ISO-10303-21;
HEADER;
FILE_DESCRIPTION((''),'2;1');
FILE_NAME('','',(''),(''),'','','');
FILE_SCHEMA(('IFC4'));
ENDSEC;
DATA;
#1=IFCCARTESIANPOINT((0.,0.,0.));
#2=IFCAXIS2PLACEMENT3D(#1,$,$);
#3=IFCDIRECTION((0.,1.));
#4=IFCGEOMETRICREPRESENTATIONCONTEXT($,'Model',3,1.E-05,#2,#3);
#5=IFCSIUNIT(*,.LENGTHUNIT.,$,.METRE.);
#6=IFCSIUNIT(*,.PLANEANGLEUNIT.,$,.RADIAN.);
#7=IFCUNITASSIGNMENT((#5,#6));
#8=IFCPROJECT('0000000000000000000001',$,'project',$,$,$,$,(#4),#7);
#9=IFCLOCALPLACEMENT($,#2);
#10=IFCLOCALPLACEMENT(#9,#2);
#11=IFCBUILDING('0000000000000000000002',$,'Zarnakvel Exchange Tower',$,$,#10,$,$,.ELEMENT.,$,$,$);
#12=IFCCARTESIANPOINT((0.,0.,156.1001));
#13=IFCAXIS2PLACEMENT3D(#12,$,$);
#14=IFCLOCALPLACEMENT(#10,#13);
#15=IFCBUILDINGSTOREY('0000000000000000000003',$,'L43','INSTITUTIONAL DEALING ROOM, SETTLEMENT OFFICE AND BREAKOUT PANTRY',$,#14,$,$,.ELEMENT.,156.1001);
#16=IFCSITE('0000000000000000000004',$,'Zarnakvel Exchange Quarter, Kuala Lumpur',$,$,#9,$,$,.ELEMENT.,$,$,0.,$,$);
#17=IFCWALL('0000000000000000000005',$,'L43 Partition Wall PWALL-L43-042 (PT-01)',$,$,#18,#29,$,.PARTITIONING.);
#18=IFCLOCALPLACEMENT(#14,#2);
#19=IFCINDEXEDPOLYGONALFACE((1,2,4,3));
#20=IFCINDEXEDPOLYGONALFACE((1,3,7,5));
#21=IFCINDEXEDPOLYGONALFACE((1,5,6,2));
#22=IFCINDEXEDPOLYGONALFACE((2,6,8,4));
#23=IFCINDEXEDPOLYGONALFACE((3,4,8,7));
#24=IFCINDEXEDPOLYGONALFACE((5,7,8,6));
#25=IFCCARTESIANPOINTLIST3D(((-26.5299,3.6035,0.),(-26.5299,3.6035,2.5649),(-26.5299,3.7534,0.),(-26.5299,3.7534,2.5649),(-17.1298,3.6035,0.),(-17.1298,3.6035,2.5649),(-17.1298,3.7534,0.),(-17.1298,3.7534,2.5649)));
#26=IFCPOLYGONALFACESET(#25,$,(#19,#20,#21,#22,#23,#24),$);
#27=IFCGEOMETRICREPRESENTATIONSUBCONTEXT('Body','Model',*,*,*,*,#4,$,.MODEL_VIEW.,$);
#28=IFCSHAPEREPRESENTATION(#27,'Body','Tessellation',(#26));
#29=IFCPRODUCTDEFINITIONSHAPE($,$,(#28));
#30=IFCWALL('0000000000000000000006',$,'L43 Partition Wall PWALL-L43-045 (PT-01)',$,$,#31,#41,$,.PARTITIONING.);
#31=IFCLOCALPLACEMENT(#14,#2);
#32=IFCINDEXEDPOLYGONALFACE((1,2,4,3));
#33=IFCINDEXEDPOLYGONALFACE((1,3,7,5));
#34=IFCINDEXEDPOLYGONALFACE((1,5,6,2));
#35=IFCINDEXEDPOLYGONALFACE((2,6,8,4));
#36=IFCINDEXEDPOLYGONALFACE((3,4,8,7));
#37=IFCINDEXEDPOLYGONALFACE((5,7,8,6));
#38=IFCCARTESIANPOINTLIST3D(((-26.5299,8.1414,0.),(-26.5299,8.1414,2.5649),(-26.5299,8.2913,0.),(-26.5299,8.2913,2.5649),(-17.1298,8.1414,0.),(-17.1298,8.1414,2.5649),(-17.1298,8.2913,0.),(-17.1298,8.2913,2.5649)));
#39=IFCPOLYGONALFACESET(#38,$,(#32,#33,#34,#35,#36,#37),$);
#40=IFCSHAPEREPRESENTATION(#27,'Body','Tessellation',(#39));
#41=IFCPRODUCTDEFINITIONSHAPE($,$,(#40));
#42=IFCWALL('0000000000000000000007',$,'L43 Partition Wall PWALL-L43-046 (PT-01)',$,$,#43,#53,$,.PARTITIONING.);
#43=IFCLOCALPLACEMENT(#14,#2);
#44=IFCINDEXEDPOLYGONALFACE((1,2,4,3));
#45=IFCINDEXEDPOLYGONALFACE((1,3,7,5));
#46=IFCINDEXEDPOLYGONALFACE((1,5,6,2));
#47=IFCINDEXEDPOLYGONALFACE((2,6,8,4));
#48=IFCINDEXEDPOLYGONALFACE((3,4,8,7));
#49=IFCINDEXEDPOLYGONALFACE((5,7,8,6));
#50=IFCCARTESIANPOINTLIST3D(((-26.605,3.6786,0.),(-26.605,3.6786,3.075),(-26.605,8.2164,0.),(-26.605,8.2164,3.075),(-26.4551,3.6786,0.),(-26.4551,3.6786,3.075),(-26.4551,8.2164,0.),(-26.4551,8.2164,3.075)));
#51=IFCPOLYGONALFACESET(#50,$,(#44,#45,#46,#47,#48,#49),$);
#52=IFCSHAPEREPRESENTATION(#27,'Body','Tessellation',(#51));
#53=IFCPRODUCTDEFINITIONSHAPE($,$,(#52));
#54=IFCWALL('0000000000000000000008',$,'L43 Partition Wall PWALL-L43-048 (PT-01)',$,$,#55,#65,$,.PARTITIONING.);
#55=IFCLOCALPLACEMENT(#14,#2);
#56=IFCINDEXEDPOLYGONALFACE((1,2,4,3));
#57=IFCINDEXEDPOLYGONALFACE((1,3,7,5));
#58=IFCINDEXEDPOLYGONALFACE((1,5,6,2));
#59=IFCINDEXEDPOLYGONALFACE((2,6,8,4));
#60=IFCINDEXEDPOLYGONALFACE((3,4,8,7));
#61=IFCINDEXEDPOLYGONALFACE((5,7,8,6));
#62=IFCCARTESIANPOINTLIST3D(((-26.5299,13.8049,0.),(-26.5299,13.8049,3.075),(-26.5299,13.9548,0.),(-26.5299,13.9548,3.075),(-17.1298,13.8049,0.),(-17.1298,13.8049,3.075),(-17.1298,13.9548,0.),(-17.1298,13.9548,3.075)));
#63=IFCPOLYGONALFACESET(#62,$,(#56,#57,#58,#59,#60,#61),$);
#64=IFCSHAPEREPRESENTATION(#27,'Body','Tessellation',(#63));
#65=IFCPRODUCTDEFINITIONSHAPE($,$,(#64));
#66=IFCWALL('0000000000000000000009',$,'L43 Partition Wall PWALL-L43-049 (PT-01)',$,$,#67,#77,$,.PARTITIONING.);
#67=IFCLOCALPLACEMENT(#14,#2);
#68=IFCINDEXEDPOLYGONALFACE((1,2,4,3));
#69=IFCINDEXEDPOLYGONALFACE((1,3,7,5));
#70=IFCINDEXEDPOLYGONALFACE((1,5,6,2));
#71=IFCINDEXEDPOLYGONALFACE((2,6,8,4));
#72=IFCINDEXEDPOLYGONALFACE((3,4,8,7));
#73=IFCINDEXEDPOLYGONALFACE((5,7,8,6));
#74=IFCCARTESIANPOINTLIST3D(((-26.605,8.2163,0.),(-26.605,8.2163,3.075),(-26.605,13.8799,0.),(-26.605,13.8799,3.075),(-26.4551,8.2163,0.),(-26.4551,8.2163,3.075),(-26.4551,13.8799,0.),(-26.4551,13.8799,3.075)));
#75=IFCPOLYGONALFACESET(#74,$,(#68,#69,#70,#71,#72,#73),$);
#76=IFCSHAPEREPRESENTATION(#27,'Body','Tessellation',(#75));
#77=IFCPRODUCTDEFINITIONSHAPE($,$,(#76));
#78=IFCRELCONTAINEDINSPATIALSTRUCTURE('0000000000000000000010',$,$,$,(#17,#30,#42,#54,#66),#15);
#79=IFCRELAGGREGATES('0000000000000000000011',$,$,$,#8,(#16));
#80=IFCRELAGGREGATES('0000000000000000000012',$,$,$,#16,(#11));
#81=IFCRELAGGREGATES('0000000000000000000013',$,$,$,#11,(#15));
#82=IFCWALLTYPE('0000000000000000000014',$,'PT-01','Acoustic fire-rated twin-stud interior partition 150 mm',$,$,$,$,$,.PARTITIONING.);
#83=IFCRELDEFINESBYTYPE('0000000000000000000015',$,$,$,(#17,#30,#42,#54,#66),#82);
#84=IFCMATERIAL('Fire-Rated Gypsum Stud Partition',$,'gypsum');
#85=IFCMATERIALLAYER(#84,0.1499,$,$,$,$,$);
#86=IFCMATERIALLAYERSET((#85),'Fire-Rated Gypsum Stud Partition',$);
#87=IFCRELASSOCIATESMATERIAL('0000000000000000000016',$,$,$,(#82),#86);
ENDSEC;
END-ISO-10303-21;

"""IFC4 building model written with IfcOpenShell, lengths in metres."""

from ifc_helpers import new_model, si_unit, direction, frame, frame_2d, origin, place, context, subcontext, project, spatial, rectangle, extrude, material, layer, layer_set, type_object, element, save


model = new_model("IFC4")

# Units and contexts
model_context = context("Model", 3, precision=1e-05, world=origin(), true_north=direction((0.0, 1.0)))
body_context = subcontext(model_context, "Body", "Model", "MODEL_VIEW")
ifc_project = project(units=[si_unit("LENGTHUNIT", "METRE"), si_unit("PLANEANGLEUNIT", "RADIAN")], contexts=[model_context])

# Site, building, storey
site_placement = place(None, origin())
site = spatial("IfcSite", under=ifc_project, at=site_placement, Name="Zarnakvel Exchange Quarter, Kuala Lumpur", CompositionType="ELEMENT", RefElevation=0.0)
building_placement = place(site_placement, origin())
building = spatial("IfcBuilding", under=site, at=building_placement, Name="Zarnakvel Exchange Tower", CompositionType="ELEMENT")
storey_placement = place(building_placement, frame((0.0, 0.0, 156.1001)))
storey = spatial("IfcBuildingStorey", under=building, at=storey_placement, Name="L43", Description="INSTITUTIONAL DEALING ROOM, SETTLEMENT OFFICE AND BREAKOUT PANTRY", CompositionType="ELEMENT", Elevation=156.1001)

# Walls
ifc_material_1 = material(Name="Fire-Rated Gypsum Stud Partition", Category="gypsum")
ifc_layer_1 = layer(ifc_material_1, 0.1499)
ifc_layer_set_1 = layer_set([ifc_layer_1], Name="Fire-Rated Gypsum Stud Partition")
wall_type_1 = type_object("IfcWallType", Name="PT-01", Description="Acoustic fire-rated twin-stud interior partition 150 mm", PredefinedType="PARTITIONING", material=ifc_layer_set_1)
for number, where, z_axis, x_axis, name in (
    (1, (-26.53, 3.6785, 0.0), (0.0, 0.0, 1.0), (1.0, 0.0, 0.0), "L43 Partition Wall PWALL-L43-042 (PT-01)"),
    (2, (-26.53, 8.2163, 0.0), (0.0, 0.0, 1.0), (1.0, 0.0, 0.0), "L43 Partition Wall PWALL-L43-045 (PT-01)"),
):
    element("IfcWall", number, at=place(storey_placement, frame(where, z_axis=z_axis, x_axis=x_axis)), inside=storey, type_object=wall_type_1, Name=name, PredefinedType="PARTITIONING", context=body_context, shape_type="SweptSolid", body=[
        extrude(rectangle(XDim=9.4001, YDim=0.1499, at=frame_2d((4.7002, 0.0))), origin(), (0.0, 0.0, 1.0), 2.5649),
    ])
wall_1_placement = place(storey_placement, frame((-26.53, 3.6785, 0.0), z_axis=(0.0, 0.0, 1.0), x_axis=(0.0, 1.0, 0.0)))
element("IfcWall", 3, at=wall_1_placement, inside=storey, type_object=wall_type_1, Name="L43 Partition Wall PWALL-L43-046 (PT-01)", PredefinedType="PARTITIONING", context=body_context, shape_type="SweptSolid", body=[
    extrude(rectangle(XDim=4.5378, YDim=0.1499, at=frame_2d((2.269, 0.0))), origin(), (0.0, 0.0, 1.0), 3.075),
])
wall_2_placement = place(storey_placement, frame((-26.53, 13.8799, 0.0), z_axis=(0.0, 0.0, 1.0), x_axis=(1.0, 0.0, 0.0)))
element("IfcWall", 4, at=wall_2_placement, inside=storey, type_object=wall_type_1, Name="L43 Partition Wall PWALL-L43-048 (PT-01)", PredefinedType="PARTITIONING", context=body_context, shape_type="SweptSolid", body=[
    extrude(rectangle(XDim=9.4001, YDim=0.1499, at=frame_2d((4.7002, 0.0))), origin(), (0.0, 0.0, 1.0), 3.075),
])
wall_3_placement = place(storey_placement, frame((-26.53, 8.2163, 0.0), z_axis=(0.0, 0.0, 1.0), x_axis=(0.0, 1.0, 0.0)))
element("IfcWall", 5, at=wall_3_placement, inside=storey, type_object=wall_type_1, Name="L43 Partition Wall PWALL-L43-049 (PT-01)", PredefinedType="PARTITIONING", context=body_context, shape_type="SweptSolid", body=[
    extrude(rectangle(XDim=5.6636, YDim=0.1499, at=frame_2d((2.8318, 0.0))), origin(), (0.0, 0.0, 1.0), 3.075),
])

save(model, "model.ifc")
